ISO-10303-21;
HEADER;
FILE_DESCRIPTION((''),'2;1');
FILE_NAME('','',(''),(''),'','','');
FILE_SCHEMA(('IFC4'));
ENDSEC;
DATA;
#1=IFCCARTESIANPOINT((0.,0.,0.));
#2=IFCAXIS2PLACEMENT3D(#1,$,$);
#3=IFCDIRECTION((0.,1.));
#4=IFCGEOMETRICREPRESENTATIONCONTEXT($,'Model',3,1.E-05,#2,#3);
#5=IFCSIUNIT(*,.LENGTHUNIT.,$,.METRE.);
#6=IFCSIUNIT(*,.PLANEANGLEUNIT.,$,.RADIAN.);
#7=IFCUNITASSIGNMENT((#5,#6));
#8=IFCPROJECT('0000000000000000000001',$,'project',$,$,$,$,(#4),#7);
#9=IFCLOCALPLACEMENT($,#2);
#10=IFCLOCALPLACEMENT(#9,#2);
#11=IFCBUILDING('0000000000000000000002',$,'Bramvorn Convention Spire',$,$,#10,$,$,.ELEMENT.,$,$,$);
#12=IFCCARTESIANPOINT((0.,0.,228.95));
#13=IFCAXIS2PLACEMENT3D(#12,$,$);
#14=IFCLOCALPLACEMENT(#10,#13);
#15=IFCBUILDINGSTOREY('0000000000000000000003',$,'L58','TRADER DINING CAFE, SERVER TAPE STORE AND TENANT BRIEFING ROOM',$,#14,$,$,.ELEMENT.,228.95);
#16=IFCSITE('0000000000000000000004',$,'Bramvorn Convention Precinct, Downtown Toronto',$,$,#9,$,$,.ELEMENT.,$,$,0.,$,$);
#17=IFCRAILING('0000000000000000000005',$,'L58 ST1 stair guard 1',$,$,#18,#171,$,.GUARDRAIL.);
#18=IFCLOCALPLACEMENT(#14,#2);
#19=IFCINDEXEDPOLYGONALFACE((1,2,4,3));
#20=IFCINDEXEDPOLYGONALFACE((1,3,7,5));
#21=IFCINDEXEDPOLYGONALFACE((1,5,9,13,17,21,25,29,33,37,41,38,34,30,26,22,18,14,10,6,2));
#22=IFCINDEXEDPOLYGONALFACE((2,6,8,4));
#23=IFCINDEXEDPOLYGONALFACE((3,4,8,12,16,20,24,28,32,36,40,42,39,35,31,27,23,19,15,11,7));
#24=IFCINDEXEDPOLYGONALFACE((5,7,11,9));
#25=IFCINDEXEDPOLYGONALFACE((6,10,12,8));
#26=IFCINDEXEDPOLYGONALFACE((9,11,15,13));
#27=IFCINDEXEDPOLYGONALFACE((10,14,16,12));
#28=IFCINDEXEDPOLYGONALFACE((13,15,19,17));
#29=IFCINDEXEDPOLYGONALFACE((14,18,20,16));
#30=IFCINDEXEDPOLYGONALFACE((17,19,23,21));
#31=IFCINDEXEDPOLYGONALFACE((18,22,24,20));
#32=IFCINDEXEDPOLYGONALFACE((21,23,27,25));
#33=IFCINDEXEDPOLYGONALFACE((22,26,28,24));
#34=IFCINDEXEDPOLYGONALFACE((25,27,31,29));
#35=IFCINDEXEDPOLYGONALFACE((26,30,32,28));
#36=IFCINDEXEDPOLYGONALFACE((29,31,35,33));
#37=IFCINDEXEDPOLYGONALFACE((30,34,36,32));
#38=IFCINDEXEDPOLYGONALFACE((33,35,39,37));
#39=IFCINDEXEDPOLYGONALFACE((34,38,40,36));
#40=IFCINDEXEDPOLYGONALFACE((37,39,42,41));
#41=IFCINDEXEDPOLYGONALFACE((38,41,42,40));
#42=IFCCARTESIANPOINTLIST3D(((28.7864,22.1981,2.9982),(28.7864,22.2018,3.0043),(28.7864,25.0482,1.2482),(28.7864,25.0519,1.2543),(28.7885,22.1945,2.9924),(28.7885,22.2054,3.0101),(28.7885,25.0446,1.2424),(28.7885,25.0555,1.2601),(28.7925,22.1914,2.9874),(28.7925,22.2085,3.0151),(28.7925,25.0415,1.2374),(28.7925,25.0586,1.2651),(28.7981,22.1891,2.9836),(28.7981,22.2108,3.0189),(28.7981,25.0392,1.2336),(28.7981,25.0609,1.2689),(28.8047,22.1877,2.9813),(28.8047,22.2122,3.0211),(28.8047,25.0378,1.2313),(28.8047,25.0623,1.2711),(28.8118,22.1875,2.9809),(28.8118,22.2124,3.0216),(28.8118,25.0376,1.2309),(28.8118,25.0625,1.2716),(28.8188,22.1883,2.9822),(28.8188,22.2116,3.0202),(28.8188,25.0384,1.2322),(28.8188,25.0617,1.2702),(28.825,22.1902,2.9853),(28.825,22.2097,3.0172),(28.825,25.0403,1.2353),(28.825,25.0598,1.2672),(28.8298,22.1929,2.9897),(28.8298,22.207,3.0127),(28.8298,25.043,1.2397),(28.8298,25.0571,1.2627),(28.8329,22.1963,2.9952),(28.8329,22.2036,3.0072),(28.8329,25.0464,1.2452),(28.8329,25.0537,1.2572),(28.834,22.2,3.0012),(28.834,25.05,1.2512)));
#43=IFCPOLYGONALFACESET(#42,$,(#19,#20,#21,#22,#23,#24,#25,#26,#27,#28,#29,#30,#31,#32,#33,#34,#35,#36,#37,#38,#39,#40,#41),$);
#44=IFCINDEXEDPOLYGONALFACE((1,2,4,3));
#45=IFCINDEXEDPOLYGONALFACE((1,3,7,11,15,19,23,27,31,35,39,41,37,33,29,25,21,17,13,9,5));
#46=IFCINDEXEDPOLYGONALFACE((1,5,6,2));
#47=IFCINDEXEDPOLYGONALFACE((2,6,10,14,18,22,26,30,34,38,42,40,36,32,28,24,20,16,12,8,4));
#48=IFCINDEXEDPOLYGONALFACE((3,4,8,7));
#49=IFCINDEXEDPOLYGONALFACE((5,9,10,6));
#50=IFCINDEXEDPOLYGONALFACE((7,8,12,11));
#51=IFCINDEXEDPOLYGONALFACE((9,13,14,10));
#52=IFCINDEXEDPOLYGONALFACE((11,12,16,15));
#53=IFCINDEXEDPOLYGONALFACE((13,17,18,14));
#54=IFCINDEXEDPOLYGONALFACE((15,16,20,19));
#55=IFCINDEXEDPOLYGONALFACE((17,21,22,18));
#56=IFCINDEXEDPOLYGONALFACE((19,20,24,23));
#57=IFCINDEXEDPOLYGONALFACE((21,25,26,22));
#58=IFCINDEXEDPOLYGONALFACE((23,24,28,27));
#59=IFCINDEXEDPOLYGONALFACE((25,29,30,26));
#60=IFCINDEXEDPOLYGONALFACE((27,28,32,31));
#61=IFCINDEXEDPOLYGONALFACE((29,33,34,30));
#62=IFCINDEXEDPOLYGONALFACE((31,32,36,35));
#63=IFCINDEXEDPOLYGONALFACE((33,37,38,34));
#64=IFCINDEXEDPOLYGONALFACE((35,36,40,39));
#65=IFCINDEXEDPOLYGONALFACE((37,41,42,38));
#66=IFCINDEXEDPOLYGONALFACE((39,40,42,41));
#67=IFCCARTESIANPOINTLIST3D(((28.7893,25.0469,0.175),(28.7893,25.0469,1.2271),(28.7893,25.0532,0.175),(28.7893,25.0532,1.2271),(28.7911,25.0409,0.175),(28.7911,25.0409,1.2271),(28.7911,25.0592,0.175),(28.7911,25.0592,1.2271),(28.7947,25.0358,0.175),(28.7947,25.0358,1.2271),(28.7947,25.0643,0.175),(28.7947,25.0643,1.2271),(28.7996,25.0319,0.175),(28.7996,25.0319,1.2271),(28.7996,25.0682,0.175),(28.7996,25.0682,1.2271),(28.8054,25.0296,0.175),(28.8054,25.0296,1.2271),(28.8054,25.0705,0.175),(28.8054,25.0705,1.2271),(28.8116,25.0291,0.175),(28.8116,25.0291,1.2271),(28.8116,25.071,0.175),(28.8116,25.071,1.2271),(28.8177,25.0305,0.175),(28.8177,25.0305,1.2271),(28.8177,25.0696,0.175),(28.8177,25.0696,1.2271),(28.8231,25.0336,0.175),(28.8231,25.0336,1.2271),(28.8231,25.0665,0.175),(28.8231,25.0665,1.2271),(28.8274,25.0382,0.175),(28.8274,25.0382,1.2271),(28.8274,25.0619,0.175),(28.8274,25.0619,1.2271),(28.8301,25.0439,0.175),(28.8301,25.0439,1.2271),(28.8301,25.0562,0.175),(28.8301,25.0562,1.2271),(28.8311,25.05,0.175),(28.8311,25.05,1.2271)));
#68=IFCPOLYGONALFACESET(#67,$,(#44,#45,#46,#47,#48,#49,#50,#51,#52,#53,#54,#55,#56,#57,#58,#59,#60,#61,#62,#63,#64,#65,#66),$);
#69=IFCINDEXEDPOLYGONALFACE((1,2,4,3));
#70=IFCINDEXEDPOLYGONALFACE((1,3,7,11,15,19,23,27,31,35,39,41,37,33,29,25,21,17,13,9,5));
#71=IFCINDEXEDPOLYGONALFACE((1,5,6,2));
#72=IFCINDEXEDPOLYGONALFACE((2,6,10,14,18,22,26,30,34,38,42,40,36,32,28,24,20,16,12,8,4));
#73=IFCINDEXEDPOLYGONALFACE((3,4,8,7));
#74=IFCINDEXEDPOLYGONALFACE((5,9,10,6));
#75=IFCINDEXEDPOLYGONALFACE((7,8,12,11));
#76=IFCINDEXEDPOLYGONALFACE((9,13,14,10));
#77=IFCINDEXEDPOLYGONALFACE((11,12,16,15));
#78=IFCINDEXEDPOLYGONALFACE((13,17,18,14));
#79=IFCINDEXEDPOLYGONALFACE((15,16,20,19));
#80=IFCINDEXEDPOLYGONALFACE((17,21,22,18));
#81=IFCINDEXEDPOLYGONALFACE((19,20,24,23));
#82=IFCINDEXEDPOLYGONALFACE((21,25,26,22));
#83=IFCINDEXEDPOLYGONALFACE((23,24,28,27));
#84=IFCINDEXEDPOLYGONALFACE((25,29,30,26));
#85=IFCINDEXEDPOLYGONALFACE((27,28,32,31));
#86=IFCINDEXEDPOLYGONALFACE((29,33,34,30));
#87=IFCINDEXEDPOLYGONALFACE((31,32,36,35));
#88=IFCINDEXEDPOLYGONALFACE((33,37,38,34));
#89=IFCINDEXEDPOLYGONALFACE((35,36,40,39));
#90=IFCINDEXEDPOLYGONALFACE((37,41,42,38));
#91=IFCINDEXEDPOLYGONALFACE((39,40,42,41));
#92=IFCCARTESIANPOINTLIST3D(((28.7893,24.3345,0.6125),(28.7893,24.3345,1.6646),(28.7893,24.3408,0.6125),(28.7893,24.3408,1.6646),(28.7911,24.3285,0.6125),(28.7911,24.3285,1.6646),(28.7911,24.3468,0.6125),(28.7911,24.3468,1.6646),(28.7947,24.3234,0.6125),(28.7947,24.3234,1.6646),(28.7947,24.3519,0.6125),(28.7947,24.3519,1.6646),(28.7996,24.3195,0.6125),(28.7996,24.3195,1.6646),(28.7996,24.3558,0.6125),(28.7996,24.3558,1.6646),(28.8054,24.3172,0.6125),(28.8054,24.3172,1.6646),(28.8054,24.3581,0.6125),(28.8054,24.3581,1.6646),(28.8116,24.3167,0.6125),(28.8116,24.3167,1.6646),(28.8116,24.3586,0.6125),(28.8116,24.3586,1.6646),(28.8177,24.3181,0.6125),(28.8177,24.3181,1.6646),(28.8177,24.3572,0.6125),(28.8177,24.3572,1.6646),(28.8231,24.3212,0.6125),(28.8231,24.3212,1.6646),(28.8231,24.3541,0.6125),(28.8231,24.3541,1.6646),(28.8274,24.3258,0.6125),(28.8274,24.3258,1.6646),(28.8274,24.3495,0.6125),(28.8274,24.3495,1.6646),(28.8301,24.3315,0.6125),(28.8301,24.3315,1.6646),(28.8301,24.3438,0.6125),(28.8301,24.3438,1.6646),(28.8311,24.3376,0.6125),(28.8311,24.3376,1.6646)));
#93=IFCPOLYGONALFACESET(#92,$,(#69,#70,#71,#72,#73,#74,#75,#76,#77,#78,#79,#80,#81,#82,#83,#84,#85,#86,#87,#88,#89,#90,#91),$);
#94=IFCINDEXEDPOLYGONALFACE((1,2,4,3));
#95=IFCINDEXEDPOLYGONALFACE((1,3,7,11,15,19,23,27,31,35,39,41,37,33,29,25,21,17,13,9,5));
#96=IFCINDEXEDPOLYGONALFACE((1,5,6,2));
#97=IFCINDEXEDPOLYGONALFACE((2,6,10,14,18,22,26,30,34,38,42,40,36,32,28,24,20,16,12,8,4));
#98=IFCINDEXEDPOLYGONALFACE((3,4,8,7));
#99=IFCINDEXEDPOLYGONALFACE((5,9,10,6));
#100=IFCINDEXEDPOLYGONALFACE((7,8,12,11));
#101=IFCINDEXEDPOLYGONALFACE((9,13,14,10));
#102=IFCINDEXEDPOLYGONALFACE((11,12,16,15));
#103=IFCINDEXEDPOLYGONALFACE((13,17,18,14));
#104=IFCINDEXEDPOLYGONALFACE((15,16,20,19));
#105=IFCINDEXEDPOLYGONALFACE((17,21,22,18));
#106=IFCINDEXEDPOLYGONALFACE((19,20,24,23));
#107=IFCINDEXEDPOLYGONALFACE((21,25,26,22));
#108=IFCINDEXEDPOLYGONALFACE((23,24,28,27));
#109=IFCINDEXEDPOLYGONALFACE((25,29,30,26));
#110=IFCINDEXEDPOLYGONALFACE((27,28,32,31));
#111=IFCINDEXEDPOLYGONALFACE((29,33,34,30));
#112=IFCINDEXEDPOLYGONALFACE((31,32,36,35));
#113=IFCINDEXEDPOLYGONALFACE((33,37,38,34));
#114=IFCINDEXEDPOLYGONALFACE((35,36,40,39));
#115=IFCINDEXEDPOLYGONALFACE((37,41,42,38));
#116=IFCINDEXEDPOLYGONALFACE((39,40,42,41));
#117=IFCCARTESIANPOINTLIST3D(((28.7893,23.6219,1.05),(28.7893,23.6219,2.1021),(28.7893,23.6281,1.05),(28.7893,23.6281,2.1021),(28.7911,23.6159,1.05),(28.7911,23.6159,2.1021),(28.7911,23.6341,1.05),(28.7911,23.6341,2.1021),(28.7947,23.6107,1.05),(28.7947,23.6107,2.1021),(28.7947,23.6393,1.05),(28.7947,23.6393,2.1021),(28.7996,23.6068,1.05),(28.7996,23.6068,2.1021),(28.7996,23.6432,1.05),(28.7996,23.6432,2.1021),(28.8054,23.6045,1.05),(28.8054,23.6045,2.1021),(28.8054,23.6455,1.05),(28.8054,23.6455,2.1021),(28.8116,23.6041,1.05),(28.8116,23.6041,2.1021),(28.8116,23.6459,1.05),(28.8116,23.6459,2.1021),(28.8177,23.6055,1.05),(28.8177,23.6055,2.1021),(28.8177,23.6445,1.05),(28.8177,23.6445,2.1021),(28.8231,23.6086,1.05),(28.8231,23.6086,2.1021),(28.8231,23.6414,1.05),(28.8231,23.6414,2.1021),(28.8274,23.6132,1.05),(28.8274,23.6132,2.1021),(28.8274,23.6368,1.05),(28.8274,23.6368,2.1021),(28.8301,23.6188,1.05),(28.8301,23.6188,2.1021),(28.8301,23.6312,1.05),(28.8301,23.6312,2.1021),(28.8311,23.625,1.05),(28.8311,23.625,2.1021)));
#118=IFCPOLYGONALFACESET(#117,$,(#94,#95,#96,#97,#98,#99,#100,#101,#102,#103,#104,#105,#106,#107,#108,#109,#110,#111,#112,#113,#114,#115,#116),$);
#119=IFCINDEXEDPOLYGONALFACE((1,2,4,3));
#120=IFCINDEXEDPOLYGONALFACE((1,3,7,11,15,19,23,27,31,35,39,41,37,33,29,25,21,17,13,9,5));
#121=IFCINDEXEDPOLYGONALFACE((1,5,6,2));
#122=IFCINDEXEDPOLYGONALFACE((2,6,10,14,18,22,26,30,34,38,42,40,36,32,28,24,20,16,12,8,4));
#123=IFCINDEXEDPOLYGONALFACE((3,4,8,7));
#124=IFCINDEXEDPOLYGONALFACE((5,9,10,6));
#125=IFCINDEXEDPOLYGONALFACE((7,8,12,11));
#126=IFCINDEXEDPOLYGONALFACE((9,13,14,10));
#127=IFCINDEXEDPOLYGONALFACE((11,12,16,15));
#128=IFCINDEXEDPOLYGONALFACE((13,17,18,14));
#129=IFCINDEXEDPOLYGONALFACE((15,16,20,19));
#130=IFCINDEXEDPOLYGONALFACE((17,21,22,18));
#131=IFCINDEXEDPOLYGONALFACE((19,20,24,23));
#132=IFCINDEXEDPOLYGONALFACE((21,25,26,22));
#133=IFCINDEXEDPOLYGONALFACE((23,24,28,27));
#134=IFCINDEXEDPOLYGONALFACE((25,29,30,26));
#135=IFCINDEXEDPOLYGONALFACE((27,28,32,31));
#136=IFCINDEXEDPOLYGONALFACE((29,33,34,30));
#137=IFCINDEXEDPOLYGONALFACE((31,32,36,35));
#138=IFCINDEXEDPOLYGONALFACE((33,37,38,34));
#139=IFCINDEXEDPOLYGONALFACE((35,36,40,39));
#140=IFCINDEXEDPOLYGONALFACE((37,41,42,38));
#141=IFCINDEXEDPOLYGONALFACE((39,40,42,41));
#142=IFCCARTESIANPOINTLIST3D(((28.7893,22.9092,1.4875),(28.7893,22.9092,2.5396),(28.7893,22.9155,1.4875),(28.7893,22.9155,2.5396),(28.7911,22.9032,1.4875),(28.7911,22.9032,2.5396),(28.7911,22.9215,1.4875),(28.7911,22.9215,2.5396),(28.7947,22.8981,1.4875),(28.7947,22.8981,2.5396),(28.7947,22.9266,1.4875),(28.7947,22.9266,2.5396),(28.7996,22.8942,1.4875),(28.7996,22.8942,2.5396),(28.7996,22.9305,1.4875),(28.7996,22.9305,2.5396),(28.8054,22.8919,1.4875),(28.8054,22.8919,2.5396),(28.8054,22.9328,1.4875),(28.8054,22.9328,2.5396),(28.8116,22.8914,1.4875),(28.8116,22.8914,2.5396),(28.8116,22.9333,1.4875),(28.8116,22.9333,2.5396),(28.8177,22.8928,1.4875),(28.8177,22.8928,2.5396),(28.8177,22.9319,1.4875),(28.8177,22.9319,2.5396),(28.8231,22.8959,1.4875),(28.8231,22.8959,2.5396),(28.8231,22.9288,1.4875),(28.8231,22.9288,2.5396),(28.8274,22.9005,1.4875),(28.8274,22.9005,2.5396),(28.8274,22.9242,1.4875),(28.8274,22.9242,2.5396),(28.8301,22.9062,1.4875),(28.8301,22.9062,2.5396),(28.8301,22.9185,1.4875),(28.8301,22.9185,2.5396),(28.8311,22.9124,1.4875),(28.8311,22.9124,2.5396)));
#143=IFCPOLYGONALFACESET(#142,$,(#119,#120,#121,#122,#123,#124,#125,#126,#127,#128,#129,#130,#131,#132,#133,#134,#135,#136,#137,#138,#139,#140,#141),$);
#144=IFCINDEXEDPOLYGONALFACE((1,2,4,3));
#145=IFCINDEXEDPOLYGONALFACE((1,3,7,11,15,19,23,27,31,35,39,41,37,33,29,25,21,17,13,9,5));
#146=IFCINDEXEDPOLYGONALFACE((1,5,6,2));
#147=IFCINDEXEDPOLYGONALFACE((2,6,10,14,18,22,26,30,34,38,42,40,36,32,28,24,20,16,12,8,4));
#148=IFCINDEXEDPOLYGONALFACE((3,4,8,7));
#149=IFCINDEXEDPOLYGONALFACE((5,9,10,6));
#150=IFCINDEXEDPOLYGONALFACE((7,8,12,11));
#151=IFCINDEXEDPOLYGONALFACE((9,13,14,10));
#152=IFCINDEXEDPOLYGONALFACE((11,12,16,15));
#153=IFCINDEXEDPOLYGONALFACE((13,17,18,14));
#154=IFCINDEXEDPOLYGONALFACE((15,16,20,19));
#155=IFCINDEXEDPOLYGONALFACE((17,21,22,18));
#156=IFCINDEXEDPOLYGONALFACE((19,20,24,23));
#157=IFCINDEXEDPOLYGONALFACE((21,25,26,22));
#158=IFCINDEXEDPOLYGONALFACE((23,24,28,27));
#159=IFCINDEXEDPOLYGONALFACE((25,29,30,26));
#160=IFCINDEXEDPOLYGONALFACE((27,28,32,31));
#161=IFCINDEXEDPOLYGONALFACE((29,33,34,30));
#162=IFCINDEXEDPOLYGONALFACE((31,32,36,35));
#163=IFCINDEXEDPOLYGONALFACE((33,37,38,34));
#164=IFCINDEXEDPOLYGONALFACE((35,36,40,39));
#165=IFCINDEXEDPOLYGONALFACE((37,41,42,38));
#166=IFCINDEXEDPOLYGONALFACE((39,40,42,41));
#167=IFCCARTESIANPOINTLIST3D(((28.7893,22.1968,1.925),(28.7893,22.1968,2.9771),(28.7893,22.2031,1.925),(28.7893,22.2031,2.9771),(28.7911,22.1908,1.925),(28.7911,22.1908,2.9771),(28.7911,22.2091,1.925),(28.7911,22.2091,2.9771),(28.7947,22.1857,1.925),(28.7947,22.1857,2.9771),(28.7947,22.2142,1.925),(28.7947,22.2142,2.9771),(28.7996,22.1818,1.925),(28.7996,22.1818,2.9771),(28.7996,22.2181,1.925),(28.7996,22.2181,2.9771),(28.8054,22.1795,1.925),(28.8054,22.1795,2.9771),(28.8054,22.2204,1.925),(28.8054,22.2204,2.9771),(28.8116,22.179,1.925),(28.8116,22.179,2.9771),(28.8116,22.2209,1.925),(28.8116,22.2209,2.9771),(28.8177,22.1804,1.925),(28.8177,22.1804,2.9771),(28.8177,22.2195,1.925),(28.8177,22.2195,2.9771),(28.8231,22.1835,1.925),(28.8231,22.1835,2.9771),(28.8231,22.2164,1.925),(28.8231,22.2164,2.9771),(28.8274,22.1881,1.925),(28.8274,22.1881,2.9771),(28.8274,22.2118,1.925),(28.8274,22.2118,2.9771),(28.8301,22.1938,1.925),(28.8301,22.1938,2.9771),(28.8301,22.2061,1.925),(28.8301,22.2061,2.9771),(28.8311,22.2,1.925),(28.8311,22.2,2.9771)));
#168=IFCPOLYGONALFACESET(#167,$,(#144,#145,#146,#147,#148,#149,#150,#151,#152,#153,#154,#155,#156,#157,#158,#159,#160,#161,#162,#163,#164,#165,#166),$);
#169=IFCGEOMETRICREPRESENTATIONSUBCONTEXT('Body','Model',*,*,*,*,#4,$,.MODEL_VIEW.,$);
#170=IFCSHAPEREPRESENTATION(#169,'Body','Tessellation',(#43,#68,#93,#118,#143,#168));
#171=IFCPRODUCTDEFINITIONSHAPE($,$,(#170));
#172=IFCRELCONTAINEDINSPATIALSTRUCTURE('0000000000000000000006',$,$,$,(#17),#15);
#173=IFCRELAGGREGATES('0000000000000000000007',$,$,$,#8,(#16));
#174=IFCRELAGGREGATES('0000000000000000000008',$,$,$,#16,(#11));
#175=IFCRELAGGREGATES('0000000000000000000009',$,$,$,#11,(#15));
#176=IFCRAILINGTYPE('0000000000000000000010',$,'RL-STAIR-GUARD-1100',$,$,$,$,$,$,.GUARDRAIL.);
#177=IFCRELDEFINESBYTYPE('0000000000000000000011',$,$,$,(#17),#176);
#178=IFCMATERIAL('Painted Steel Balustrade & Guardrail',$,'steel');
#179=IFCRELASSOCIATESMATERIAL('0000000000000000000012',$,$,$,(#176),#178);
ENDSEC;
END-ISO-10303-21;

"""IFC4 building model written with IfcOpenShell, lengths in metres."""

from ifc_helpers import new_model, si_unit, direction, frame, origin, origin_2d, place, context, subcontext, project, spatial, circle, extrude, material, type_object, element, save


model = new_model("IFC4")

# Units and contexts
model_context = context("Model", 3, precision=1e-05, world=origin(), true_north=direction((0.0, 1.0)))
body_context = subcontext(model_context, "Body", "Model", "MODEL_VIEW")
ifc_project = project(units=[si_unit("LENGTHUNIT", "METRE"), si_unit("PLANEANGLEUNIT", "RADIAN")], contexts=[model_context])

# Site, building, storey
site_placement = place(None, origin())
site = spatial("IfcSite", under=ifc_project, at=site_placement, Name="Bramvorn Convention Precinct, Downtown Toronto", CompositionType="ELEMENT", RefElevation=0.0)
building_placement = place(site_placement, origin())
building = spatial("IfcBuilding", under=site, at=building_placement, Name="Bramvorn Convention Spire", CompositionType="ELEMENT")
storey_placement = place(building_placement, frame((0.0, 0.0, 228.95)))
storey = spatial("IfcBuildingStorey", under=building, at=storey_placement, Name="L58", Description="TRADER DINING CAFE, SERVER TAPE STORE AND TENANT BRIEFING ROOM", CompositionType="ELEMENT", Elevation=228.95)

# Railing
ifc_material_1 = material(Name="Painted Steel Balustrade & Guardrail", Category="steel")
railing_type_1 = type_object("IfcRailingType", Name="RL-STAIR-GUARD-1100", PredefinedType="GUARDRAIL", material=ifc_material_1)
railing_1_placement = place(storey_placement, frame((28.8101, 25.05, 0.175)))
element("IfcRailing", 1, at=railing_1_placement, inside=storey, type_object=railing_type_1, Name="L58 ST1 stair guard 1", PredefinedType="GUARDRAIL", context=body_context, shape_type="SweptSolid", body=[
    extrude(circle(Radius=0.0239, at=origin_2d()), frame((0.0, 0.0, 1.0762), z_axis=(0.0, -0.852179, 0.52325), x_axis=(1.0, 0.0, 0.0)), (0.0, 0.0, 1.0), 3.3445),
    extrude(circle(Radius=0.021, at=origin_2d()), origin(), (0.0, 0.0, 1.0), 1.052),
    extrude(circle(Radius=0.021, at=origin_2d()), frame((0.0, -0.7124, 0.4375)), (0.0, 0.0, 1.0), 1.052),
    extrude(circle(Radius=0.021, at=origin_2d()), frame((0.0, -1.425, 0.875)), (0.0, 0.0, 1.0), 1.052),
    extrude(circle(Radius=0.021, at=origin_2d()), frame((0.0, -2.1377, 1.3125)), (0.0, 0.0, 1.0), 1.052),
    extrude(circle(Radius=0.021, at=origin_2d()), frame((0.0, -2.8501, 1.75)), (0.0, 0.0, 1.0), 1.052),
])

save(model, "model.ifc")
